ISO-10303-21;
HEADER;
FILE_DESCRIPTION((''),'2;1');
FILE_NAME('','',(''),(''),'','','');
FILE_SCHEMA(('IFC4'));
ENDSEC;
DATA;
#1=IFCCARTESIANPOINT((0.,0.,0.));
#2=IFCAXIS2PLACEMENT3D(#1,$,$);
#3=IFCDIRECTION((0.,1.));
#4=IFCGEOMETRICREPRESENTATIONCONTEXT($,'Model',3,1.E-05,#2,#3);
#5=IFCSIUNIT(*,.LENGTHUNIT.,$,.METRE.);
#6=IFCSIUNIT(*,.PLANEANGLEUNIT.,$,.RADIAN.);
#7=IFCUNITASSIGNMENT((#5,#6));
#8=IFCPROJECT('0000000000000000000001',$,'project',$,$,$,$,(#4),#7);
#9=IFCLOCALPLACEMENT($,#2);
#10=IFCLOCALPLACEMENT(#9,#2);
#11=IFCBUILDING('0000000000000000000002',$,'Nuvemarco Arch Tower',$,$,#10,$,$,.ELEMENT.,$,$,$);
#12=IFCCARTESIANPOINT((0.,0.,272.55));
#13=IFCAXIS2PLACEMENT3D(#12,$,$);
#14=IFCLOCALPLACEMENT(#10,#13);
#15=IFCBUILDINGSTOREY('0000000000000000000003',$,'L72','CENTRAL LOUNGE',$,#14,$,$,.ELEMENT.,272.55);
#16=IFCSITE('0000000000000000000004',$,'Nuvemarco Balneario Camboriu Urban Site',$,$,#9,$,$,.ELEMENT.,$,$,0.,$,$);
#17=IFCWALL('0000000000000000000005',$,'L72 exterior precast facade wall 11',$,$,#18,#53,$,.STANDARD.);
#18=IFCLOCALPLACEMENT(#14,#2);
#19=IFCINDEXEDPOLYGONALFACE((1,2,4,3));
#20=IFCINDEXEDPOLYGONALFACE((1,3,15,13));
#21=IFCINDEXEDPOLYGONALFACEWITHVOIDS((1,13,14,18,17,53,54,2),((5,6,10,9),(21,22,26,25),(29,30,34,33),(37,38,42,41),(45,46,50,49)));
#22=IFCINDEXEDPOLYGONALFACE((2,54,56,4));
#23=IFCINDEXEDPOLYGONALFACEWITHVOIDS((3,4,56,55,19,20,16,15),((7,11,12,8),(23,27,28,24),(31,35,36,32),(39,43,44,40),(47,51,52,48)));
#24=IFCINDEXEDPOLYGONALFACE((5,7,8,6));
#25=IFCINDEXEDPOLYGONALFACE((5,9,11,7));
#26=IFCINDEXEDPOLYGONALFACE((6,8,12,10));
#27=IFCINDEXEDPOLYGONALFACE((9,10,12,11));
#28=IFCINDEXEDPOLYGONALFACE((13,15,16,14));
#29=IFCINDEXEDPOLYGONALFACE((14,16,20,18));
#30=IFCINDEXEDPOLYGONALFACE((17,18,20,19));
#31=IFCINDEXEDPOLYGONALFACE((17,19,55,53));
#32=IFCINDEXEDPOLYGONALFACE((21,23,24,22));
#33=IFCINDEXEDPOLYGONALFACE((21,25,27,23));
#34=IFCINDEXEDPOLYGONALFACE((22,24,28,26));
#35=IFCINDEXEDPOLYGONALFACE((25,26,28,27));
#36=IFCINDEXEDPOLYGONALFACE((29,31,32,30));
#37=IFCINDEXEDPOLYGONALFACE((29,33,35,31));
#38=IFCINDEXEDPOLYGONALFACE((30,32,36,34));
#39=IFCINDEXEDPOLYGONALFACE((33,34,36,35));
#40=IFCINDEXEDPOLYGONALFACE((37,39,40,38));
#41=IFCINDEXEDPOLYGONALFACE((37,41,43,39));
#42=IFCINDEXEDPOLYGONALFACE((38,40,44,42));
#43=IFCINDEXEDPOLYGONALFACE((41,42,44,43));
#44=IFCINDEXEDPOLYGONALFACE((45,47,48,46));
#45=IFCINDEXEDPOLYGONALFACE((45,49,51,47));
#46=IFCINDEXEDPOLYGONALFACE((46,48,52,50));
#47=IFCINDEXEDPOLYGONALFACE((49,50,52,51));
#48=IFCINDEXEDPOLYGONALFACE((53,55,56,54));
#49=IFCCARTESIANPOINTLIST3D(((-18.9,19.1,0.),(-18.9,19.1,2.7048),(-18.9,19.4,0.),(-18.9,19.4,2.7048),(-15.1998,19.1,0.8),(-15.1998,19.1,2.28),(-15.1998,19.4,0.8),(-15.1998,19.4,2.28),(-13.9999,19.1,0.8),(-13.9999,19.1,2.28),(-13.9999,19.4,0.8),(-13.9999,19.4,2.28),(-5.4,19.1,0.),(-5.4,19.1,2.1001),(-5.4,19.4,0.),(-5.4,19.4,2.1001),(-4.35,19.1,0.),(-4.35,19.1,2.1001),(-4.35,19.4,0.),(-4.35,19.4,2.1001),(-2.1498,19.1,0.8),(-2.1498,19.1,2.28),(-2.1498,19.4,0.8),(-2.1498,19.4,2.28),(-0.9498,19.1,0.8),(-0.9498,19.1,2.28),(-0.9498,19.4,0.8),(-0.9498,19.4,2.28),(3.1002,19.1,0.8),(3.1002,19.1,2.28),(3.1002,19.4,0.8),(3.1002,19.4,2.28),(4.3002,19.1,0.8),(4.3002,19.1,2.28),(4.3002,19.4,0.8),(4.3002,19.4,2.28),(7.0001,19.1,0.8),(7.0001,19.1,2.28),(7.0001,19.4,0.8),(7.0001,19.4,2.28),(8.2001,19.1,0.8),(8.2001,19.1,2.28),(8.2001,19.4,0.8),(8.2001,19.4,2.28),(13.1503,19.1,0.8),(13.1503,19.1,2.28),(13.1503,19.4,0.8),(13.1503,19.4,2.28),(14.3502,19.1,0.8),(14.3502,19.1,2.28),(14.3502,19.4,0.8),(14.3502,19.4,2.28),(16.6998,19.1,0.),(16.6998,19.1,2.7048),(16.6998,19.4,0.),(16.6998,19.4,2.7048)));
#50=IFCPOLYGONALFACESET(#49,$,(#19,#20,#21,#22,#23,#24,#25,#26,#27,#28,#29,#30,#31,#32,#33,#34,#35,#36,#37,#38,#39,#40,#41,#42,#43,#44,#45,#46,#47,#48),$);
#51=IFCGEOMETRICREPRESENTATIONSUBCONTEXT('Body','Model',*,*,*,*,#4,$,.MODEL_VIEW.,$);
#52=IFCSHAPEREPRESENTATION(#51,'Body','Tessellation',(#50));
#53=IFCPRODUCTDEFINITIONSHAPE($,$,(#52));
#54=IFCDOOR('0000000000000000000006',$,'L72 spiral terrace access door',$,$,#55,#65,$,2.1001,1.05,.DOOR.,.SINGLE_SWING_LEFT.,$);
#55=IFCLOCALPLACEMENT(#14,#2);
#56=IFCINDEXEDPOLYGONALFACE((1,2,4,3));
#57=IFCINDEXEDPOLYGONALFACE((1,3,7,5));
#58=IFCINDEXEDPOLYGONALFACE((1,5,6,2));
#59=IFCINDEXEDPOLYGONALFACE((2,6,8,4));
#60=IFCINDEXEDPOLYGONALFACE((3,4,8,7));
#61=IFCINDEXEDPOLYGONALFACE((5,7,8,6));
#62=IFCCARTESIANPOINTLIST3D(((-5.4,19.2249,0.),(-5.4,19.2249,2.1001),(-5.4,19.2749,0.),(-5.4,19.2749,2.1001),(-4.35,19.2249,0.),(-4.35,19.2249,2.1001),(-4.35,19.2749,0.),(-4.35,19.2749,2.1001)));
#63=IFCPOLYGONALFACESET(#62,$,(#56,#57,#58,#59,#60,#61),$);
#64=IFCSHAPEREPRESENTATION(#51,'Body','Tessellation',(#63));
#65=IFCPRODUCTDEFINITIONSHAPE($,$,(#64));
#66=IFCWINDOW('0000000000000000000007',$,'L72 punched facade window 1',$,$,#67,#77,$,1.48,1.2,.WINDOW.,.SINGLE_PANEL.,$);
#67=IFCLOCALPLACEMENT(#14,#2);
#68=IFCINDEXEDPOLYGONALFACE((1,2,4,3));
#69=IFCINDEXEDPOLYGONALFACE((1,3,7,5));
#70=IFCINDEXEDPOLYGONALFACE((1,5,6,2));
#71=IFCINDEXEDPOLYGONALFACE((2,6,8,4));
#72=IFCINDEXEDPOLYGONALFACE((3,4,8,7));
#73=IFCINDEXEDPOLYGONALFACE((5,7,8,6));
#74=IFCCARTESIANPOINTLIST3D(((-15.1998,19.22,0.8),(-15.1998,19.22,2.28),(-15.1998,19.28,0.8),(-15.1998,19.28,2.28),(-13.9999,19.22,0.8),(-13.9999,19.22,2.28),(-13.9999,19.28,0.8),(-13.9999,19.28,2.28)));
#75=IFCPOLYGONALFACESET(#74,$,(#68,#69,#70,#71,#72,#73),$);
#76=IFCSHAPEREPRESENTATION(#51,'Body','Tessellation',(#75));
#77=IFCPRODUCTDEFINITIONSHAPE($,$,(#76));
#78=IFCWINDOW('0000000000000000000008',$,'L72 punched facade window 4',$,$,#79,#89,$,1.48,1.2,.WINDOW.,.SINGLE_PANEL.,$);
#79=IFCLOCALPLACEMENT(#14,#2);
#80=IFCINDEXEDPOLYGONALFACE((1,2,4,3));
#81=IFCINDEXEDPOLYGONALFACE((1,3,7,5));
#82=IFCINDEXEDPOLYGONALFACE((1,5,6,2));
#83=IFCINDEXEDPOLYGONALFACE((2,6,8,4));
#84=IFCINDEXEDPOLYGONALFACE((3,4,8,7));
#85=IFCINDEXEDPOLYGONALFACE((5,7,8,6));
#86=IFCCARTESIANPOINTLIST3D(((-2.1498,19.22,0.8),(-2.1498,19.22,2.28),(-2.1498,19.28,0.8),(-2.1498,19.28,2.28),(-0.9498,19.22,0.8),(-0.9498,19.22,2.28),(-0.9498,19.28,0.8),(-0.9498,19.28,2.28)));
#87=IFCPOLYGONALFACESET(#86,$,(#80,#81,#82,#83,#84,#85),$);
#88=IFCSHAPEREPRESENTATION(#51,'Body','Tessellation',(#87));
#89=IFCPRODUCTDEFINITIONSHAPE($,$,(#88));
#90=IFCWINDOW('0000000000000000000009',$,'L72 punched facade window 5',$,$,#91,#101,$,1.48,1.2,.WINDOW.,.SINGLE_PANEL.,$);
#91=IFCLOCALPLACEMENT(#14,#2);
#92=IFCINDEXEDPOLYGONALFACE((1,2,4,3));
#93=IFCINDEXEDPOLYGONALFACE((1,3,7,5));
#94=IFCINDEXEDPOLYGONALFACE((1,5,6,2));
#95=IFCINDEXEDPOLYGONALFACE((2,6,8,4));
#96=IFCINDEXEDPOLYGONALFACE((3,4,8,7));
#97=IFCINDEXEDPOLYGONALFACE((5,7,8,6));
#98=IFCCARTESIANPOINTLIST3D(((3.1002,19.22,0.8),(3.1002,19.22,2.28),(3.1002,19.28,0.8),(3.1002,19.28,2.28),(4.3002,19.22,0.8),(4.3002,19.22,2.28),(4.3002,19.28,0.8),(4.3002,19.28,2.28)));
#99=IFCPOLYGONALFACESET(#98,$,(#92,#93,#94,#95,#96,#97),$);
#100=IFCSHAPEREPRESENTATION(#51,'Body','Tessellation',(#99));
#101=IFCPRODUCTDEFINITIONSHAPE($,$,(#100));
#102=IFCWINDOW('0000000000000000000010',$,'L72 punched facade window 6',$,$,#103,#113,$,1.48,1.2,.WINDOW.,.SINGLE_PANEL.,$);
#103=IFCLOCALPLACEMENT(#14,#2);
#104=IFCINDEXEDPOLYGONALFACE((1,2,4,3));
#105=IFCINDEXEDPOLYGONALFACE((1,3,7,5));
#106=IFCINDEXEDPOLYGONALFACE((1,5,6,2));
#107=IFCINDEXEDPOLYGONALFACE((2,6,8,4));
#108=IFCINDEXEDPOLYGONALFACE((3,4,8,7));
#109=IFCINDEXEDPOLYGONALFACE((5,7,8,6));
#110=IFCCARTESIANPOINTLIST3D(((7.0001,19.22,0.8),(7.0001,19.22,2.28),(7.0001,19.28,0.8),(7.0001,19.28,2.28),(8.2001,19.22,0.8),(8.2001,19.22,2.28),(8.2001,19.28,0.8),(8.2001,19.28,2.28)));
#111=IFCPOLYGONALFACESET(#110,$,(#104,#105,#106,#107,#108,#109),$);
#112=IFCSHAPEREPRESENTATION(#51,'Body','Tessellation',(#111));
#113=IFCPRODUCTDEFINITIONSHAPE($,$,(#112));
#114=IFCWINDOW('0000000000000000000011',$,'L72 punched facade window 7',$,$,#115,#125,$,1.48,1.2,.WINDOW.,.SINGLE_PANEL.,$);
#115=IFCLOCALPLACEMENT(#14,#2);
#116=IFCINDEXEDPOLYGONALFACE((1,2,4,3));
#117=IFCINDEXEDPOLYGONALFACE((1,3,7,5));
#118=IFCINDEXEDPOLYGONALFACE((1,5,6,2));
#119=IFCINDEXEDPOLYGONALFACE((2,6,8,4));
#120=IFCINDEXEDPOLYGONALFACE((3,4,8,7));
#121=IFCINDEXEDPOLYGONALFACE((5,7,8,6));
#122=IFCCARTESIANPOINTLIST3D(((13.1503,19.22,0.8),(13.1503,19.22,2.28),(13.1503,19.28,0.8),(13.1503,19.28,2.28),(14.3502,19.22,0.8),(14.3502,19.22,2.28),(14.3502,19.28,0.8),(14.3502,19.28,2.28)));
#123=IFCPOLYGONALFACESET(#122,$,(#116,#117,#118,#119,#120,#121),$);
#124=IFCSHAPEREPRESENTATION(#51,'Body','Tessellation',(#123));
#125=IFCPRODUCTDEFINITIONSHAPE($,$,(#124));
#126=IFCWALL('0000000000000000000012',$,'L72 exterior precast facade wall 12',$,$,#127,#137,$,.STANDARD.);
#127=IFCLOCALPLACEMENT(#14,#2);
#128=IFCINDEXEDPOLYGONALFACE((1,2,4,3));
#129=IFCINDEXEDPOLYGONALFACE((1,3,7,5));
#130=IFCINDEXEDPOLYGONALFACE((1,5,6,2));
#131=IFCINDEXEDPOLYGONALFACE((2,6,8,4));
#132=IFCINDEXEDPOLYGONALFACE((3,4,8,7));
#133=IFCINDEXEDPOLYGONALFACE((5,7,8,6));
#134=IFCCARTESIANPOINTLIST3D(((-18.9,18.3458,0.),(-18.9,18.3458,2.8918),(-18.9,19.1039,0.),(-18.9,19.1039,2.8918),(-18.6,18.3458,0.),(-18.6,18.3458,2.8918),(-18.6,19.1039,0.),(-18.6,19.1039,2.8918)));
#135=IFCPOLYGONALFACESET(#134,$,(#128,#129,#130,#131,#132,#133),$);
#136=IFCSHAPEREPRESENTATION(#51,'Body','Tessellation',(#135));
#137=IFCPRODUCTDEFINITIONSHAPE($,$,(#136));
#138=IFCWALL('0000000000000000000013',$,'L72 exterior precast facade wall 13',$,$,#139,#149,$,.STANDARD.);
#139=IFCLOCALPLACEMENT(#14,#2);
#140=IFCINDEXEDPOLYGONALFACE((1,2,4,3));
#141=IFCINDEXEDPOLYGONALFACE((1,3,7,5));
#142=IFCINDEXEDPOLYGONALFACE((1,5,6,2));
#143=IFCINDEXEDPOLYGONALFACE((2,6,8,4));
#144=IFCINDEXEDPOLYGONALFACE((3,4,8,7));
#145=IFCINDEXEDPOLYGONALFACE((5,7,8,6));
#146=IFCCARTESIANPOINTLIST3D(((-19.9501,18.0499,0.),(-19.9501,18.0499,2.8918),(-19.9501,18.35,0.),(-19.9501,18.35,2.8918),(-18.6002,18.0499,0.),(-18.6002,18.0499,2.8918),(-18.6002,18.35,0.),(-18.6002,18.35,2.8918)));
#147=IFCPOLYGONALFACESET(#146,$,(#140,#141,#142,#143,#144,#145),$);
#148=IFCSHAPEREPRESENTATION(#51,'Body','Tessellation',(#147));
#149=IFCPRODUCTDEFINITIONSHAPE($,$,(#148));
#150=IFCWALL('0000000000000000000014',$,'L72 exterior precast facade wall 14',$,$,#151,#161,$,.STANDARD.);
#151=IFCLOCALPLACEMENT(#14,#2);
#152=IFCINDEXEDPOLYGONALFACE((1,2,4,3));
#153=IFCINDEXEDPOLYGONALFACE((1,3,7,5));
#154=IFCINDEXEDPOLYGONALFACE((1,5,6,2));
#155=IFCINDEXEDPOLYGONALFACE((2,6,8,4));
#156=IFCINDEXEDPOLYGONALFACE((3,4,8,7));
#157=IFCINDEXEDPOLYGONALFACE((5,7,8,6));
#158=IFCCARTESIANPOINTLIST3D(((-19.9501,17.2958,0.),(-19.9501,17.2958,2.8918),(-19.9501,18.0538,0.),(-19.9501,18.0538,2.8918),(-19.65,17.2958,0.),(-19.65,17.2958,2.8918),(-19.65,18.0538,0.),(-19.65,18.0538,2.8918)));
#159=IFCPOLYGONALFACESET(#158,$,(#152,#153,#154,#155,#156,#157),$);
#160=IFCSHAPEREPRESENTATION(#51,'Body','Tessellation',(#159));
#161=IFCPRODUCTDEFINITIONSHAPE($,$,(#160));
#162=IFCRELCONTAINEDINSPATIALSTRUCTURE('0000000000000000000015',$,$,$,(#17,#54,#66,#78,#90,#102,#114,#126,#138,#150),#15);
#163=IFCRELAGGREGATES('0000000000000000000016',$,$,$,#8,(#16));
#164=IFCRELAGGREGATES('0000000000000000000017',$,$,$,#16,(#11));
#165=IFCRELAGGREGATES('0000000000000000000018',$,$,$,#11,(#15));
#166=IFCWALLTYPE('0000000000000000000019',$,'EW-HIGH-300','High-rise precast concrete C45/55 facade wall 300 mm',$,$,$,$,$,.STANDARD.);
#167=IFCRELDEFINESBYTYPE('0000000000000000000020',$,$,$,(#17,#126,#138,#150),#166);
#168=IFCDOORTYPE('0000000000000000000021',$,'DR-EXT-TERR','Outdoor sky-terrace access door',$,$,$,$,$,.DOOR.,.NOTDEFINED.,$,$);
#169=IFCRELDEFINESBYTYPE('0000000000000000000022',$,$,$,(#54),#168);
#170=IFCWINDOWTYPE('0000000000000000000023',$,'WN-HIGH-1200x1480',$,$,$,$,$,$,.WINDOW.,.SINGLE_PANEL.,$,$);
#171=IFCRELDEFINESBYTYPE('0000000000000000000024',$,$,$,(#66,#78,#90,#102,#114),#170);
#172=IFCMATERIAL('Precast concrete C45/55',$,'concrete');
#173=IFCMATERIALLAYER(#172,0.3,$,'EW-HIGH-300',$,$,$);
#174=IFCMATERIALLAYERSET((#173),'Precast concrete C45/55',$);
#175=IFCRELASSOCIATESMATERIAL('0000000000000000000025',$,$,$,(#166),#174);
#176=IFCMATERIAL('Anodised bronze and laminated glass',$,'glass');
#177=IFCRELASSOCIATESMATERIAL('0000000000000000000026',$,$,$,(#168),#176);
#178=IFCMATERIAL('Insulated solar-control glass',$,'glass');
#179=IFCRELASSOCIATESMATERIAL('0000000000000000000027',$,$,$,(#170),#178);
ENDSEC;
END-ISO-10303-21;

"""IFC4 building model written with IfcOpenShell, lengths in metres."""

from ifc_helpers import new_model, si_unit, direction, frame, frame_2d, origin, place, context, subcontext, project, spatial, rectangle, extrude, source, transform, mapped, material, layer, layer_set, type_object, type_shapes, element, fill, save


model = new_model("IFC4")

# Units and contexts
model_context = context("Model", 3, precision=1e-05, world=origin(), true_north=direction((0.0, 1.0)))
body_context = subcontext(model_context, "Body", "Model", "MODEL_VIEW")
ifc_project = project(units=[si_unit("LENGTHUNIT", "METRE"), si_unit("PLANEANGLEUNIT", "RADIAN")], contexts=[model_context])

# Site, building, storey
site_placement = place(None, origin())
site = spatial("IfcSite", under=ifc_project, at=site_placement, Name="Nuvemarco Balneario Camboriu Urban Site", CompositionType="ELEMENT", RefElevation=0.0)
building_placement = place(site_placement, origin())
building = spatial("IfcBuilding", under=site, at=building_placement, Name="Nuvemarco Arch Tower", CompositionType="ELEMENT")
storey_placement = place(building_placement, frame((0.0, 0.0, 272.55)))
storey = spatial("IfcBuildingStorey", under=building, at=storey_placement, Name="L72", Description="CENTRAL LOUNGE", CompositionType="ELEMENT", Elevation=272.55)

# Wall, openings, door, windows
ifc_material_1 = material(Name="Precast concrete C45/55", Category="concrete")
ifc_layer_1 = layer(ifc_material_1, 0.3, Name="EW-HIGH-300")
ifc_layer_set_1 = layer_set([ifc_layer_1], Name="Precast concrete C45/55")
wall_type_1 = type_object("IfcWallType", Name="EW-HIGH-300", Description="High-rise precast concrete C45/55 facade wall 300 mm", PredefinedType="STANDARD", material=ifc_layer_set_1)
wall_1_placement = place(storey_placement, frame((-18.8999, 19.25, 0.0), z_axis=(0.0, 0.0, 1.0), x_axis=(1.0, 0.0, 0.0)))
wall_1 = element("IfcWall", 1, at=wall_1_placement, inside=storey, type_object=wall_type_1, Name="L72 exterior precast facade wall 11", PredefinedType="STANDARD", context=body_context, shape_type="SweptSolid", body=[
    extrude(rectangle(XDim=35.5999, YDim=0.3, at=frame_2d((17.7998, 0.0))), origin(), (0.0, 0.0, 1.0), 2.7048),
])
opening_1_placement = place(wall_1_placement, frame((13.5, 0.0, 0.0)))
opening_1 = element("IfcOpeningElement", 2, at=opening_1_placement, cuts=wall_1, PredefinedType="OPENING", context=body_context, shape_type="SweptSolid", body=[
    extrude(rectangle(XDim=1.05, YDim=2.1001, at=frame_2d((0.5249, 1.05))), frame((0.0, 0.1599, 0.0), z_axis=(0.0, -1.0, 0.0), x_axis=(1.0, 0.0, 0.0)), (0.0, 0.0, 1.0), 0.3201),
])
opening_2_placement = place(wall_1_placement, frame((3.7, 0.0, 0.8)))
opening_2 = element("IfcOpeningElement", 3, at=opening_2_placement, cuts=wall_1, PredefinedType="OPENING", context=body_context, shape_type="SweptSolid", body=[
    extrude(rectangle(XDim=1.2, YDim=1.48, at=frame_2d((0.6001, 0.74))), frame((0.0, 0.1599, 0.0), z_axis=(0.0, -1.0, 0.0), x_axis=(1.0, 0.0, 0.0)), (0.0, 0.0, 1.0), 0.3201),
])
opening_3_placement = place(wall_1_placement, frame((16.75, 0.0, 0.8)))
opening_3 = element("IfcOpeningElement", 4, at=opening_3_placement, cuts=wall_1, PredefinedType="OPENING", context=body_context, shape_type="SweptSolid", body=[
    extrude(rectangle(XDim=1.2, YDim=1.48, at=frame_2d((0.6001, 0.74))), frame((0.0, 0.1599, 0.0), z_axis=(0.0, -1.0, 0.0), x_axis=(1.0, 0.0, 0.0)), (0.0, 0.0, 1.0), 0.3201),
])
opening_4_placement = place(wall_1_placement, frame((22.0, 0.0, 0.8)))
opening_4 = element("IfcOpeningElement", 5, at=opening_4_placement, cuts=wall_1, PredefinedType="OPENING", context=body_context, shape_type="SweptSolid", body=[
    extrude(rectangle(XDim=1.2, YDim=1.48, at=frame_2d((0.6001, 0.74))), frame((0.0, 0.1599, 0.0), z_axis=(0.0, -1.0, 0.0), x_axis=(1.0, 0.0, 0.0)), (0.0, 0.0, 1.0), 0.3201),
])
opening_5_placement = place(wall_1_placement, frame((25.8999, 0.0, 0.8)))
opening_5 = element("IfcOpeningElement", 6, at=opening_5_placement, cuts=wall_1, PredefinedType="OPENING", context=body_context, shape_type="SweptSolid", body=[
    extrude(rectangle(XDim=1.2, YDim=1.48, at=frame_2d((0.6001, 0.74))), frame((0.0, 0.1599, 0.0), z_axis=(0.0, -1.0, 0.0), x_axis=(1.0, 0.0, 0.0)), (0.0, 0.0, 1.0), 0.3201),
])
opening_6_placement = place(wall_1_placement, frame((32.05, 0.0, 0.8)))
opening_6 = element("IfcOpeningElement", 7, at=opening_6_placement, cuts=wall_1, PredefinedType="OPENING", context=body_context, shape_type="SweptSolid", body=[
    extrude(rectangle(XDim=1.2, YDim=1.48, at=frame_2d((0.6001, 0.74))), frame((0.0, 0.1599, 0.0), z_axis=(0.0, -1.0, 0.0), x_axis=(1.0, 0.0, 0.0)), (0.0, 0.0, 1.0), 0.3201),
])
ifc_material_2 = material(Name="Anodised bronze and laminated glass", Category="glass")
door_type_1 = type_object("IfcDoorType", Name="DR-EXT-TERR", Description="Outdoor sky-terrace access door", OperationType="NOTDEFINED", PredefinedType="DOOR", material=ifc_material_2)
shared_shape_1 = source(origin(), body_context, "Body", "SweptSolid", [
    extrude(rectangle(XDim=1.05, YDim=2.1001, at=frame_2d((0.5249, 1.05))), frame((0.0, 0.0249, 0.0), z_axis=(0.0, -1.0, 0.0), x_axis=(1.0, 0.0, 0.0)), (0.0, 0.0, 1.0), 0.05),
])
type_shapes(door_type_1, [shared_shape_1])
door_1_placement = place(opening_1_placement, origin())
door_1 = element("IfcDoor", 8, at=door_1_placement, inside=storey, type_object=door_type_1, Name="L72 spiral terrace access door", OperationType="SINGLE_SWING_LEFT", OverallHeight=2.1001, OverallWidth=1.05, PredefinedType="DOOR", context=body_context, shape_type="MappedRepresentation", body=[
    mapped(shared_shape_1, transform((0.0, 0.0, 0.0), scale=1.0)),
])
fill(opening_1, door_1)
ifc_material_3 = material(Name="Insulated solar-control glass", Category="glass")
window_type = type_object("IfcWindowType", Name="WN-HIGH-1200x1480", PartitioningType="SINGLE_PANEL", PredefinedType="WINDOW", material=ifc_material_3)
shared_shape_2 = source(origin(), body_context, "Body", "SweptSolid", [
    extrude(rectangle(XDim=1.2, YDim=1.48, at=frame_2d((0.6001, 0.74))), frame((0.0, 0.03, 0.0), z_axis=(0.0, -1.0, 0.0), x_axis=(1.0, 0.0, 0.0)), (0.0, 0.0, 1.0), 0.0601),
])
type_shapes(window_type, [shared_shape_2])
window_1_placement = place(opening_2_placement, origin())
window_1 = element("IfcWindow", 9, at=window_1_placement, inside=storey, type_object=window_type, Name="L72 punched facade window 1", OverallHeight=1.48, OverallWidth=1.2, PartitioningType="SINGLE_PANEL", PredefinedType="WINDOW", context=body_context, shape_type="MappedRepresentation", body=[
    mapped(shared_shape_2, transform((0.0, 0.0, 0.0), scale=1.0)),
])
fill(opening_2, window_1)
window_2_placement = place(opening_3_placement, origin())
window_2 = element("IfcWindow", 10, at=window_2_placement, inside=storey, type_object=window_type, Name="L72 punched facade window 4", OverallHeight=1.48, OverallWidth=1.2, PartitioningType="SINGLE_PANEL", PredefinedType="WINDOW", context=body_context, shape_type="MappedRepresentation", body=[
    mapped(shared_shape_2, transform((0.0, 0.0, 0.0), scale=1.0)),
])
fill(opening_3, window_2)
window_3_placement = place(opening_4_placement, origin())
window_3 = element("IfcWindow", 11, at=window_3_placement, inside=storey, type_object=window_type, Name="L72 punched facade window 5", OverallHeight=1.48, OverallWidth=1.2, PartitioningType="SINGLE_PANEL", PredefinedType="WINDOW", context=body_context, shape_type="MappedRepresentation", body=[
    mapped(shared_shape_2, transform((0.0, 0.0, 0.0), scale=1.0)),
])
fill(opening_4, window_3)
window_4_placement = place(opening_5_placement, origin())
window_4 = element("IfcWindow", 12, at=window_4_placement, inside=storey, type_object=window_type, Name="L72 punched facade window 6", OverallHeight=1.48, OverallWidth=1.2, PartitioningType="SINGLE_PANEL", PredefinedType="WINDOW", context=body_context, shape_type="MappedRepresentation", body=[
    mapped(shared_shape_2, transform((0.0, 0.0, 0.0), scale=1.0)),
])
fill(opening_5, window_4)
window_5_placement = place(opening_6_placement, origin())
window_5 = element("IfcWindow", 13, at=window_5_placement, inside=storey, type_object=window_type, Name="L72 punched facade window 7", OverallHeight=1.48, OverallWidth=1.2, PartitioningType="SINGLE_PANEL", PredefinedType="WINDOW", context=body_context, shape_type="MappedRepresentation", body=[
    mapped(shared_shape_2, transform((0.0, 0.0, 0.0), scale=1.0)),
])
fill(opening_6, window_5)

# Walls
wall_2_placement = place(storey_placement, frame((-18.75, 18.3459, 0.0), z_axis=(0.0, 0.0, 1.0), x_axis=(0.0, 1.0, 0.0)))
element("IfcWall", 14, at=wall_2_placement, inside=storey, type_object=wall_type_1, Name="L72 exterior precast facade wall 12", PredefinedType="STANDARD", context=body_context, shape_type="SweptSolid", body=[
    extrude(rectangle(XDim=0.7581, YDim=0.3, at=frame_2d((0.3789, 0.0))), origin(), (0.0, 0.0, 1.0), 2.8918),
])
wall_3_placement = place(storey_placement, frame((-19.95, 18.2, 0.0), z_axis=(0.0, 0.0, 1.0), x_axis=(1.0, 0.0, 0.0)))
element("IfcWall", 15, at=wall_3_placement, inside=storey, type_object=wall_type_1, Name="L72 exterior precast facade wall 13", PredefinedType="STANDARD", context=body_context, shape_type="SweptSolid", body=[
    extrude(rectangle(XDim=1.3499, YDim=0.3, at=frame_2d((0.6748, 0.0))), origin(), (0.0, 0.0, 1.0), 2.8918),
])
wall_4_placement = place(storey_placement, frame((-19.8, 17.2959, 0.0), z_axis=(0.0, 0.0, 1.0), x_axis=(0.0, 1.0, 0.0)))
element("IfcWall", 16, at=wall_4_placement, inside=storey, type_object=wall_type_1, Name="L72 exterior precast facade wall 14", PredefinedType="STANDARD", context=body_context, shape_type="SweptSolid", body=[
    extrude(rectangle(XDim=0.7581, YDim=0.3, at=frame_2d((0.3789, 0.0))), origin(), (0.0, 0.0, 1.0), 2.8918),
])

save(model, "model.ifc")
